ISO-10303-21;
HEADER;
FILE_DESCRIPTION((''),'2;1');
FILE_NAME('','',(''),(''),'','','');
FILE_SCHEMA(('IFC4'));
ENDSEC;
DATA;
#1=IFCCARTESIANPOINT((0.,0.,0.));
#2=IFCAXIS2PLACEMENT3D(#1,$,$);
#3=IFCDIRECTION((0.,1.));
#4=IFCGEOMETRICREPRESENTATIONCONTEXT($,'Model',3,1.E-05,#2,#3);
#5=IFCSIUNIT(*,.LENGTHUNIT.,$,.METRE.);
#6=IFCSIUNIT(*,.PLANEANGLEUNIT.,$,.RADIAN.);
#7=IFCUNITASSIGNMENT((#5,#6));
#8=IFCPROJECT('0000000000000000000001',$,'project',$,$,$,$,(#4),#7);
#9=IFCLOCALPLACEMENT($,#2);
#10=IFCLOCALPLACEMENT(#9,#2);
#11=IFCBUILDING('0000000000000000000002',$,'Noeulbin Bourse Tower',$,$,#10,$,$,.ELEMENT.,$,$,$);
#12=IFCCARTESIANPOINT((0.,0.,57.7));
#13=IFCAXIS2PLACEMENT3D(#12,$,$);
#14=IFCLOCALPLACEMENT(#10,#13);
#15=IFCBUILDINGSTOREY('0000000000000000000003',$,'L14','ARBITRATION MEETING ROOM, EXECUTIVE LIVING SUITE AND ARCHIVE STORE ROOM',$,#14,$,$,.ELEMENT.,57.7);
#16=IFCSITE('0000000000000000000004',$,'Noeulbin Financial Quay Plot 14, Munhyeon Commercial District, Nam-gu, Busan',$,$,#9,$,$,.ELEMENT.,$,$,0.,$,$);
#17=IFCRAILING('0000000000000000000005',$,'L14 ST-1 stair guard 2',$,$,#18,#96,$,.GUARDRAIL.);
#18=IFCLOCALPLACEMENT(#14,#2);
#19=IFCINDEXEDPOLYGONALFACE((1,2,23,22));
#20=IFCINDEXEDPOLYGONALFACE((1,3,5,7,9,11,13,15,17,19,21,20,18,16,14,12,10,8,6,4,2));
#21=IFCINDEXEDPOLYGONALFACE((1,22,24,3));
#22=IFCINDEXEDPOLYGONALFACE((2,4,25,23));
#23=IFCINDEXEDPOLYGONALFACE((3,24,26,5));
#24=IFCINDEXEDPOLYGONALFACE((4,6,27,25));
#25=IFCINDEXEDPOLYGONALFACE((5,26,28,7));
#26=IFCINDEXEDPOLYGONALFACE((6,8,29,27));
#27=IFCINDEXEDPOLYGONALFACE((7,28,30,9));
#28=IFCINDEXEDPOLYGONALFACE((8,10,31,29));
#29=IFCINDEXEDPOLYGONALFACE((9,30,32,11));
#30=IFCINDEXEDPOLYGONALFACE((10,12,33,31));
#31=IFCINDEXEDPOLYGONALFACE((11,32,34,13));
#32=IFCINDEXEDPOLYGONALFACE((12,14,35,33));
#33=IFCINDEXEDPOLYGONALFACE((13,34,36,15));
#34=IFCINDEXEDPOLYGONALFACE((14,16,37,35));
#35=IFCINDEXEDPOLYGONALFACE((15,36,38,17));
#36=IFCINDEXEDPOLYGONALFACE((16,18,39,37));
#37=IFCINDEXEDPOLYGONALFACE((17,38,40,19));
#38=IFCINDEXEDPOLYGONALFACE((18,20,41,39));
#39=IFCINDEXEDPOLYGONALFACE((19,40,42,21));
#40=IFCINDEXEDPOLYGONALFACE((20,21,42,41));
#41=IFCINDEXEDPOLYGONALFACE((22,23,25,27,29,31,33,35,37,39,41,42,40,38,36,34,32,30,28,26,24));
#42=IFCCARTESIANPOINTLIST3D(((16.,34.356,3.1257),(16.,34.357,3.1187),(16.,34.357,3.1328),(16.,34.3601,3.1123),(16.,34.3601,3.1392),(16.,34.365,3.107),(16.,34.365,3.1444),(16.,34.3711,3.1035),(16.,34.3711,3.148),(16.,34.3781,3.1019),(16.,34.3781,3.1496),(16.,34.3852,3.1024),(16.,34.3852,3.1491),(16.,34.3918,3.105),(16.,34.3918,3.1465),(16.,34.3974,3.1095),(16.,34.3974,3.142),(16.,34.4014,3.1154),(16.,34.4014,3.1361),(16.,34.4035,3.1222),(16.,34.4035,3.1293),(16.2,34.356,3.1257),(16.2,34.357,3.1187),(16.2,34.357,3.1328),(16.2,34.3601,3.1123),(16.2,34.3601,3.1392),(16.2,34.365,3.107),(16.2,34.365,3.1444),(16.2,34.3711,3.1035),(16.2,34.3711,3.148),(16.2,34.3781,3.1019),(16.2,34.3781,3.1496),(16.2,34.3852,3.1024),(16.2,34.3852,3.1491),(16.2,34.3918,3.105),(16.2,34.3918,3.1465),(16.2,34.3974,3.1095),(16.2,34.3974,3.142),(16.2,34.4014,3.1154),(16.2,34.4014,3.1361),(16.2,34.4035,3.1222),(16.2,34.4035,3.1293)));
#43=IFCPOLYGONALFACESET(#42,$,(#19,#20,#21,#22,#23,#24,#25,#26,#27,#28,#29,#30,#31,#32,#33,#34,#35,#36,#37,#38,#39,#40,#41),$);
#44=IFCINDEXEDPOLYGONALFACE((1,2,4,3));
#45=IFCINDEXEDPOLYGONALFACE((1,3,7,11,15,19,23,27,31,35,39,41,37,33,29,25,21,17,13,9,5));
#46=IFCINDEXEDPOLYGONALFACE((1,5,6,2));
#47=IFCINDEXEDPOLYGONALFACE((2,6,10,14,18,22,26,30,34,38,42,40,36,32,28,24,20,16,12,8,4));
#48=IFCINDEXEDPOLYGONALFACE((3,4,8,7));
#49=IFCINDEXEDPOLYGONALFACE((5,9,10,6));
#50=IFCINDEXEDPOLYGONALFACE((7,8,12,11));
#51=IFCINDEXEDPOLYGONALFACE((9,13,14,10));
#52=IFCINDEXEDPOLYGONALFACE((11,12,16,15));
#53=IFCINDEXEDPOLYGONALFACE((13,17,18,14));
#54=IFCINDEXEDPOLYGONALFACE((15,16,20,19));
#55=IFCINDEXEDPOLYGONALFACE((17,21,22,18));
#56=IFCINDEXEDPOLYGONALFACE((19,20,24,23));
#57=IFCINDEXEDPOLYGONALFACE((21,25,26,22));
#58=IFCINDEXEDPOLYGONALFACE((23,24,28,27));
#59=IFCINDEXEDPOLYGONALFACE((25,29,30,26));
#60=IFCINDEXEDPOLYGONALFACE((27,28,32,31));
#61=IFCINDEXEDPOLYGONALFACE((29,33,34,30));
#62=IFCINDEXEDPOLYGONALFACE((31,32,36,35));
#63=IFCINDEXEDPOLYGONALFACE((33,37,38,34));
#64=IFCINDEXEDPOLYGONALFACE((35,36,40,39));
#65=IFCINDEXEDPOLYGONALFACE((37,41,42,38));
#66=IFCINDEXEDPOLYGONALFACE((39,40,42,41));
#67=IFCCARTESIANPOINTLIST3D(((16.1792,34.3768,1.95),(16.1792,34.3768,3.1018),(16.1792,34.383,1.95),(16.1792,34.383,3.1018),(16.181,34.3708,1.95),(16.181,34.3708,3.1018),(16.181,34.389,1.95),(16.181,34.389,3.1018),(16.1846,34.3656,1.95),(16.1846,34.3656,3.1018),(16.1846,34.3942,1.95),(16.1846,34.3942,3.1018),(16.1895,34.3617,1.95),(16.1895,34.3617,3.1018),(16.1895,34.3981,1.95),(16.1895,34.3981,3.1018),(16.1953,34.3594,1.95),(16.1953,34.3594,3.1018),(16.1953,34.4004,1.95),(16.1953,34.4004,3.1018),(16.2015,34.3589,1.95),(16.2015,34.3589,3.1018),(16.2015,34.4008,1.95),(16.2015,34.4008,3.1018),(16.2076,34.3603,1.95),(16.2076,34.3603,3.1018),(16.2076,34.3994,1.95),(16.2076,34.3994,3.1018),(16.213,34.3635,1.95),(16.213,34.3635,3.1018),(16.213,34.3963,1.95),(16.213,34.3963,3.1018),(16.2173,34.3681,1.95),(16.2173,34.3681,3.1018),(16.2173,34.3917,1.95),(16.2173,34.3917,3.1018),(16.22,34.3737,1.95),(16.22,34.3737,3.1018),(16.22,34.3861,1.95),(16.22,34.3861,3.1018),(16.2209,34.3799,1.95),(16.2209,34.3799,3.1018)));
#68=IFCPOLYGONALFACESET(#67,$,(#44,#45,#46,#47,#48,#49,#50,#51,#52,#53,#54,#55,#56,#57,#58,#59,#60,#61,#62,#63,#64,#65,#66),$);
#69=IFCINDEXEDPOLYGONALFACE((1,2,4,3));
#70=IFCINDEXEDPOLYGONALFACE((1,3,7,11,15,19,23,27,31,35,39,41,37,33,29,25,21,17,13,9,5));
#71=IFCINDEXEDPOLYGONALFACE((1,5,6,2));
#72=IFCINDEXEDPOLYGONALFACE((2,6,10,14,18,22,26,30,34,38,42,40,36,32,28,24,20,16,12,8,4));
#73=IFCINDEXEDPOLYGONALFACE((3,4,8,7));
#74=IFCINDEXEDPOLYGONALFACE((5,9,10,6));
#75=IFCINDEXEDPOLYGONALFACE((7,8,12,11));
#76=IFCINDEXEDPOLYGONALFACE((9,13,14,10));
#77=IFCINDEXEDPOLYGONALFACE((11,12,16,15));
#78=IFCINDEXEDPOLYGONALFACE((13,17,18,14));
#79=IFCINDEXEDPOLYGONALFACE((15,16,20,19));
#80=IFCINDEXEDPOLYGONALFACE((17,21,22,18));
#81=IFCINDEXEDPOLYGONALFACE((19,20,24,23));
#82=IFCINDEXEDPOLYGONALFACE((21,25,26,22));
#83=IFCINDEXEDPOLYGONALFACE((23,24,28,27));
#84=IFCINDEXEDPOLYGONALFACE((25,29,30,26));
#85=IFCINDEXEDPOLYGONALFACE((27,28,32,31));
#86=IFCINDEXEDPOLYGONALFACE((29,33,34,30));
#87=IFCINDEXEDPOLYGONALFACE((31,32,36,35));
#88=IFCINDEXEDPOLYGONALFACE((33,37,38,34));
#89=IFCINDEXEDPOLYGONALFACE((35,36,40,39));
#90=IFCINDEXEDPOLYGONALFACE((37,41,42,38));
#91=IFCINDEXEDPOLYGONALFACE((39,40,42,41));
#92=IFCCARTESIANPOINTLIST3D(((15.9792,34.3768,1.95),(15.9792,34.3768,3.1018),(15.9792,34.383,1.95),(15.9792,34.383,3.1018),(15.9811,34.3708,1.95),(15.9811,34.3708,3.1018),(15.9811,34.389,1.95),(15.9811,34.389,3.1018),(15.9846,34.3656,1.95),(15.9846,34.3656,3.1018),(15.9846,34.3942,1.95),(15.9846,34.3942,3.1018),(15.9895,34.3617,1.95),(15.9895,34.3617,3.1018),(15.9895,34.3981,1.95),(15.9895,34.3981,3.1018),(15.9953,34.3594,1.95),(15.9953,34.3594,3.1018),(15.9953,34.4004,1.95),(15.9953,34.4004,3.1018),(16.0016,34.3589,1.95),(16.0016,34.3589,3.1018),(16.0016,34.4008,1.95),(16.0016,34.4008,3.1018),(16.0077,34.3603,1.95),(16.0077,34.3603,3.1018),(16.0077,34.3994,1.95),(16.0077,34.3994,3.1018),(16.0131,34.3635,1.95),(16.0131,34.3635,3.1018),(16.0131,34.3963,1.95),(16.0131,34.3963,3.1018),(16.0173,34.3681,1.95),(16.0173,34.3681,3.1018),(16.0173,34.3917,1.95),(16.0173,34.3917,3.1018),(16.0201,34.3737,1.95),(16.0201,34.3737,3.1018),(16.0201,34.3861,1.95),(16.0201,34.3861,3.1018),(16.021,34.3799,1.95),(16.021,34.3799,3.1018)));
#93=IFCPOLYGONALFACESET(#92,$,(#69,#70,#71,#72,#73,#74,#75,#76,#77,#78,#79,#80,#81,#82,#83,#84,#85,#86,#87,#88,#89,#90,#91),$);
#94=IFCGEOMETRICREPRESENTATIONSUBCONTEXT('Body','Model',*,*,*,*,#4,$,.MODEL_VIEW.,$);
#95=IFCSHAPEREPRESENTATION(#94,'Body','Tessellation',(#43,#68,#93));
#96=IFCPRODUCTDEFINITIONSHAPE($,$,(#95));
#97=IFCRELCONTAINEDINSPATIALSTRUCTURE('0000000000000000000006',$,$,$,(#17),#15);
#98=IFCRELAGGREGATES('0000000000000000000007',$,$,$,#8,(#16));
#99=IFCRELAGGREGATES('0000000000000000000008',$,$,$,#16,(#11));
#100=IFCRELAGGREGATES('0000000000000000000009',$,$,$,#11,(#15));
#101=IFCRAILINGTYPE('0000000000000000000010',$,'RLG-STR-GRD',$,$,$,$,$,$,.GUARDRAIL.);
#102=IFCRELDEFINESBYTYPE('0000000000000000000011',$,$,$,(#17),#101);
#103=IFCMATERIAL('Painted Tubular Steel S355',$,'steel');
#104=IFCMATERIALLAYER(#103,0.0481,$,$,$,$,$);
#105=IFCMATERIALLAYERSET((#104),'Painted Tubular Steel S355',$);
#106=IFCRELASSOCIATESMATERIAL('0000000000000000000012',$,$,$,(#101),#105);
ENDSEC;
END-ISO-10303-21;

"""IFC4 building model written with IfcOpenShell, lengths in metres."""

from ifc_helpers import new_model, si_unit, direction, frame, origin, origin_2d, place, context, subcontext, project, spatial, circle, extrude, material, layer, layer_set, type_object, element, save


model = new_model("IFC4")

# Units and contexts
model_context = context("Model", 3, precision=1e-05, world=origin(), true_north=direction((0.0, 1.0)))
body_context = subcontext(model_context, "Body", "Model", "MODEL_VIEW")
ifc_project = project(units=[si_unit("LENGTHUNIT", "METRE"), si_unit("PLANEANGLEUNIT", "RADIAN")], contexts=[model_context])

# Site, building, storey
site_placement = place(None, origin())
site = spatial("IfcSite", under=ifc_project, at=site_placement, Name="Noeulbin Financial Quay Plot 14, Munhyeon Commercial District, Nam-gu, Busan", CompositionType="ELEMENT", RefElevation=0.0)
building_placement = place(site_placement, origin())
building = spatial("IfcBuilding", under=site, at=building_placement, Name="Noeulbin Bourse Tower", CompositionType="ELEMENT")
storey_placement = place(building_placement, frame((0.0, 0.0, 57.7)))
storey = spatial("IfcBuildingStorey", under=building, at=storey_placement, Name="L14", Description="ARBITRATION MEETING ROOM, EXECUTIVE LIVING SUITE AND ARCHIVE STORE ROOM", CompositionType="ELEMENT", Elevation=57.7)

# Railing
ifc_material_1 = material(Name="Painted Tubular Steel S355", Category="steel")
ifc_layer_1 = layer(ifc_material_1, 0.0481)
ifc_layer_set_1 = layer_set([ifc_layer_1], Name="Painted Tubular Steel S355")
railing_type_1 = type_object("IfcRailingType", Name="RLG-STR-GRD", PredefinedType="GUARDRAIL", material=ifc_layer_set_1)
railing_1_placement = place(storey_placement, frame((16.2, 34.3799, 1.95)))
element("IfcRailing", 1, at=railing_1_placement, inside=storey, type_object=railing_type_1, Name="L14 ST-1 stair guard 2", PredefinedType="GUARDRAIL", context=body_context, shape_type="SweptSolid", body=[
    extrude(circle(Radius=0.0239, at=origin_2d()), frame((0.0, 0.0, 1.1758), z_axis=(-1.0, 0.0, 0.0), x_axis=(0.0, -1.0, 0.0)), (0.0, 0.0, 1.0), 0.2),
    extrude(circle(Radius=0.021, at=origin_2d()), origin(), (0.0, 0.0, 1.0), 1.1519),
    extrude(circle(Radius=0.021, at=origin_2d()), frame((-0.2, 0.0, 0.0)), (0.0, 0.0, 1.0), 1.1519),
])

save(model, "model.ifc")
